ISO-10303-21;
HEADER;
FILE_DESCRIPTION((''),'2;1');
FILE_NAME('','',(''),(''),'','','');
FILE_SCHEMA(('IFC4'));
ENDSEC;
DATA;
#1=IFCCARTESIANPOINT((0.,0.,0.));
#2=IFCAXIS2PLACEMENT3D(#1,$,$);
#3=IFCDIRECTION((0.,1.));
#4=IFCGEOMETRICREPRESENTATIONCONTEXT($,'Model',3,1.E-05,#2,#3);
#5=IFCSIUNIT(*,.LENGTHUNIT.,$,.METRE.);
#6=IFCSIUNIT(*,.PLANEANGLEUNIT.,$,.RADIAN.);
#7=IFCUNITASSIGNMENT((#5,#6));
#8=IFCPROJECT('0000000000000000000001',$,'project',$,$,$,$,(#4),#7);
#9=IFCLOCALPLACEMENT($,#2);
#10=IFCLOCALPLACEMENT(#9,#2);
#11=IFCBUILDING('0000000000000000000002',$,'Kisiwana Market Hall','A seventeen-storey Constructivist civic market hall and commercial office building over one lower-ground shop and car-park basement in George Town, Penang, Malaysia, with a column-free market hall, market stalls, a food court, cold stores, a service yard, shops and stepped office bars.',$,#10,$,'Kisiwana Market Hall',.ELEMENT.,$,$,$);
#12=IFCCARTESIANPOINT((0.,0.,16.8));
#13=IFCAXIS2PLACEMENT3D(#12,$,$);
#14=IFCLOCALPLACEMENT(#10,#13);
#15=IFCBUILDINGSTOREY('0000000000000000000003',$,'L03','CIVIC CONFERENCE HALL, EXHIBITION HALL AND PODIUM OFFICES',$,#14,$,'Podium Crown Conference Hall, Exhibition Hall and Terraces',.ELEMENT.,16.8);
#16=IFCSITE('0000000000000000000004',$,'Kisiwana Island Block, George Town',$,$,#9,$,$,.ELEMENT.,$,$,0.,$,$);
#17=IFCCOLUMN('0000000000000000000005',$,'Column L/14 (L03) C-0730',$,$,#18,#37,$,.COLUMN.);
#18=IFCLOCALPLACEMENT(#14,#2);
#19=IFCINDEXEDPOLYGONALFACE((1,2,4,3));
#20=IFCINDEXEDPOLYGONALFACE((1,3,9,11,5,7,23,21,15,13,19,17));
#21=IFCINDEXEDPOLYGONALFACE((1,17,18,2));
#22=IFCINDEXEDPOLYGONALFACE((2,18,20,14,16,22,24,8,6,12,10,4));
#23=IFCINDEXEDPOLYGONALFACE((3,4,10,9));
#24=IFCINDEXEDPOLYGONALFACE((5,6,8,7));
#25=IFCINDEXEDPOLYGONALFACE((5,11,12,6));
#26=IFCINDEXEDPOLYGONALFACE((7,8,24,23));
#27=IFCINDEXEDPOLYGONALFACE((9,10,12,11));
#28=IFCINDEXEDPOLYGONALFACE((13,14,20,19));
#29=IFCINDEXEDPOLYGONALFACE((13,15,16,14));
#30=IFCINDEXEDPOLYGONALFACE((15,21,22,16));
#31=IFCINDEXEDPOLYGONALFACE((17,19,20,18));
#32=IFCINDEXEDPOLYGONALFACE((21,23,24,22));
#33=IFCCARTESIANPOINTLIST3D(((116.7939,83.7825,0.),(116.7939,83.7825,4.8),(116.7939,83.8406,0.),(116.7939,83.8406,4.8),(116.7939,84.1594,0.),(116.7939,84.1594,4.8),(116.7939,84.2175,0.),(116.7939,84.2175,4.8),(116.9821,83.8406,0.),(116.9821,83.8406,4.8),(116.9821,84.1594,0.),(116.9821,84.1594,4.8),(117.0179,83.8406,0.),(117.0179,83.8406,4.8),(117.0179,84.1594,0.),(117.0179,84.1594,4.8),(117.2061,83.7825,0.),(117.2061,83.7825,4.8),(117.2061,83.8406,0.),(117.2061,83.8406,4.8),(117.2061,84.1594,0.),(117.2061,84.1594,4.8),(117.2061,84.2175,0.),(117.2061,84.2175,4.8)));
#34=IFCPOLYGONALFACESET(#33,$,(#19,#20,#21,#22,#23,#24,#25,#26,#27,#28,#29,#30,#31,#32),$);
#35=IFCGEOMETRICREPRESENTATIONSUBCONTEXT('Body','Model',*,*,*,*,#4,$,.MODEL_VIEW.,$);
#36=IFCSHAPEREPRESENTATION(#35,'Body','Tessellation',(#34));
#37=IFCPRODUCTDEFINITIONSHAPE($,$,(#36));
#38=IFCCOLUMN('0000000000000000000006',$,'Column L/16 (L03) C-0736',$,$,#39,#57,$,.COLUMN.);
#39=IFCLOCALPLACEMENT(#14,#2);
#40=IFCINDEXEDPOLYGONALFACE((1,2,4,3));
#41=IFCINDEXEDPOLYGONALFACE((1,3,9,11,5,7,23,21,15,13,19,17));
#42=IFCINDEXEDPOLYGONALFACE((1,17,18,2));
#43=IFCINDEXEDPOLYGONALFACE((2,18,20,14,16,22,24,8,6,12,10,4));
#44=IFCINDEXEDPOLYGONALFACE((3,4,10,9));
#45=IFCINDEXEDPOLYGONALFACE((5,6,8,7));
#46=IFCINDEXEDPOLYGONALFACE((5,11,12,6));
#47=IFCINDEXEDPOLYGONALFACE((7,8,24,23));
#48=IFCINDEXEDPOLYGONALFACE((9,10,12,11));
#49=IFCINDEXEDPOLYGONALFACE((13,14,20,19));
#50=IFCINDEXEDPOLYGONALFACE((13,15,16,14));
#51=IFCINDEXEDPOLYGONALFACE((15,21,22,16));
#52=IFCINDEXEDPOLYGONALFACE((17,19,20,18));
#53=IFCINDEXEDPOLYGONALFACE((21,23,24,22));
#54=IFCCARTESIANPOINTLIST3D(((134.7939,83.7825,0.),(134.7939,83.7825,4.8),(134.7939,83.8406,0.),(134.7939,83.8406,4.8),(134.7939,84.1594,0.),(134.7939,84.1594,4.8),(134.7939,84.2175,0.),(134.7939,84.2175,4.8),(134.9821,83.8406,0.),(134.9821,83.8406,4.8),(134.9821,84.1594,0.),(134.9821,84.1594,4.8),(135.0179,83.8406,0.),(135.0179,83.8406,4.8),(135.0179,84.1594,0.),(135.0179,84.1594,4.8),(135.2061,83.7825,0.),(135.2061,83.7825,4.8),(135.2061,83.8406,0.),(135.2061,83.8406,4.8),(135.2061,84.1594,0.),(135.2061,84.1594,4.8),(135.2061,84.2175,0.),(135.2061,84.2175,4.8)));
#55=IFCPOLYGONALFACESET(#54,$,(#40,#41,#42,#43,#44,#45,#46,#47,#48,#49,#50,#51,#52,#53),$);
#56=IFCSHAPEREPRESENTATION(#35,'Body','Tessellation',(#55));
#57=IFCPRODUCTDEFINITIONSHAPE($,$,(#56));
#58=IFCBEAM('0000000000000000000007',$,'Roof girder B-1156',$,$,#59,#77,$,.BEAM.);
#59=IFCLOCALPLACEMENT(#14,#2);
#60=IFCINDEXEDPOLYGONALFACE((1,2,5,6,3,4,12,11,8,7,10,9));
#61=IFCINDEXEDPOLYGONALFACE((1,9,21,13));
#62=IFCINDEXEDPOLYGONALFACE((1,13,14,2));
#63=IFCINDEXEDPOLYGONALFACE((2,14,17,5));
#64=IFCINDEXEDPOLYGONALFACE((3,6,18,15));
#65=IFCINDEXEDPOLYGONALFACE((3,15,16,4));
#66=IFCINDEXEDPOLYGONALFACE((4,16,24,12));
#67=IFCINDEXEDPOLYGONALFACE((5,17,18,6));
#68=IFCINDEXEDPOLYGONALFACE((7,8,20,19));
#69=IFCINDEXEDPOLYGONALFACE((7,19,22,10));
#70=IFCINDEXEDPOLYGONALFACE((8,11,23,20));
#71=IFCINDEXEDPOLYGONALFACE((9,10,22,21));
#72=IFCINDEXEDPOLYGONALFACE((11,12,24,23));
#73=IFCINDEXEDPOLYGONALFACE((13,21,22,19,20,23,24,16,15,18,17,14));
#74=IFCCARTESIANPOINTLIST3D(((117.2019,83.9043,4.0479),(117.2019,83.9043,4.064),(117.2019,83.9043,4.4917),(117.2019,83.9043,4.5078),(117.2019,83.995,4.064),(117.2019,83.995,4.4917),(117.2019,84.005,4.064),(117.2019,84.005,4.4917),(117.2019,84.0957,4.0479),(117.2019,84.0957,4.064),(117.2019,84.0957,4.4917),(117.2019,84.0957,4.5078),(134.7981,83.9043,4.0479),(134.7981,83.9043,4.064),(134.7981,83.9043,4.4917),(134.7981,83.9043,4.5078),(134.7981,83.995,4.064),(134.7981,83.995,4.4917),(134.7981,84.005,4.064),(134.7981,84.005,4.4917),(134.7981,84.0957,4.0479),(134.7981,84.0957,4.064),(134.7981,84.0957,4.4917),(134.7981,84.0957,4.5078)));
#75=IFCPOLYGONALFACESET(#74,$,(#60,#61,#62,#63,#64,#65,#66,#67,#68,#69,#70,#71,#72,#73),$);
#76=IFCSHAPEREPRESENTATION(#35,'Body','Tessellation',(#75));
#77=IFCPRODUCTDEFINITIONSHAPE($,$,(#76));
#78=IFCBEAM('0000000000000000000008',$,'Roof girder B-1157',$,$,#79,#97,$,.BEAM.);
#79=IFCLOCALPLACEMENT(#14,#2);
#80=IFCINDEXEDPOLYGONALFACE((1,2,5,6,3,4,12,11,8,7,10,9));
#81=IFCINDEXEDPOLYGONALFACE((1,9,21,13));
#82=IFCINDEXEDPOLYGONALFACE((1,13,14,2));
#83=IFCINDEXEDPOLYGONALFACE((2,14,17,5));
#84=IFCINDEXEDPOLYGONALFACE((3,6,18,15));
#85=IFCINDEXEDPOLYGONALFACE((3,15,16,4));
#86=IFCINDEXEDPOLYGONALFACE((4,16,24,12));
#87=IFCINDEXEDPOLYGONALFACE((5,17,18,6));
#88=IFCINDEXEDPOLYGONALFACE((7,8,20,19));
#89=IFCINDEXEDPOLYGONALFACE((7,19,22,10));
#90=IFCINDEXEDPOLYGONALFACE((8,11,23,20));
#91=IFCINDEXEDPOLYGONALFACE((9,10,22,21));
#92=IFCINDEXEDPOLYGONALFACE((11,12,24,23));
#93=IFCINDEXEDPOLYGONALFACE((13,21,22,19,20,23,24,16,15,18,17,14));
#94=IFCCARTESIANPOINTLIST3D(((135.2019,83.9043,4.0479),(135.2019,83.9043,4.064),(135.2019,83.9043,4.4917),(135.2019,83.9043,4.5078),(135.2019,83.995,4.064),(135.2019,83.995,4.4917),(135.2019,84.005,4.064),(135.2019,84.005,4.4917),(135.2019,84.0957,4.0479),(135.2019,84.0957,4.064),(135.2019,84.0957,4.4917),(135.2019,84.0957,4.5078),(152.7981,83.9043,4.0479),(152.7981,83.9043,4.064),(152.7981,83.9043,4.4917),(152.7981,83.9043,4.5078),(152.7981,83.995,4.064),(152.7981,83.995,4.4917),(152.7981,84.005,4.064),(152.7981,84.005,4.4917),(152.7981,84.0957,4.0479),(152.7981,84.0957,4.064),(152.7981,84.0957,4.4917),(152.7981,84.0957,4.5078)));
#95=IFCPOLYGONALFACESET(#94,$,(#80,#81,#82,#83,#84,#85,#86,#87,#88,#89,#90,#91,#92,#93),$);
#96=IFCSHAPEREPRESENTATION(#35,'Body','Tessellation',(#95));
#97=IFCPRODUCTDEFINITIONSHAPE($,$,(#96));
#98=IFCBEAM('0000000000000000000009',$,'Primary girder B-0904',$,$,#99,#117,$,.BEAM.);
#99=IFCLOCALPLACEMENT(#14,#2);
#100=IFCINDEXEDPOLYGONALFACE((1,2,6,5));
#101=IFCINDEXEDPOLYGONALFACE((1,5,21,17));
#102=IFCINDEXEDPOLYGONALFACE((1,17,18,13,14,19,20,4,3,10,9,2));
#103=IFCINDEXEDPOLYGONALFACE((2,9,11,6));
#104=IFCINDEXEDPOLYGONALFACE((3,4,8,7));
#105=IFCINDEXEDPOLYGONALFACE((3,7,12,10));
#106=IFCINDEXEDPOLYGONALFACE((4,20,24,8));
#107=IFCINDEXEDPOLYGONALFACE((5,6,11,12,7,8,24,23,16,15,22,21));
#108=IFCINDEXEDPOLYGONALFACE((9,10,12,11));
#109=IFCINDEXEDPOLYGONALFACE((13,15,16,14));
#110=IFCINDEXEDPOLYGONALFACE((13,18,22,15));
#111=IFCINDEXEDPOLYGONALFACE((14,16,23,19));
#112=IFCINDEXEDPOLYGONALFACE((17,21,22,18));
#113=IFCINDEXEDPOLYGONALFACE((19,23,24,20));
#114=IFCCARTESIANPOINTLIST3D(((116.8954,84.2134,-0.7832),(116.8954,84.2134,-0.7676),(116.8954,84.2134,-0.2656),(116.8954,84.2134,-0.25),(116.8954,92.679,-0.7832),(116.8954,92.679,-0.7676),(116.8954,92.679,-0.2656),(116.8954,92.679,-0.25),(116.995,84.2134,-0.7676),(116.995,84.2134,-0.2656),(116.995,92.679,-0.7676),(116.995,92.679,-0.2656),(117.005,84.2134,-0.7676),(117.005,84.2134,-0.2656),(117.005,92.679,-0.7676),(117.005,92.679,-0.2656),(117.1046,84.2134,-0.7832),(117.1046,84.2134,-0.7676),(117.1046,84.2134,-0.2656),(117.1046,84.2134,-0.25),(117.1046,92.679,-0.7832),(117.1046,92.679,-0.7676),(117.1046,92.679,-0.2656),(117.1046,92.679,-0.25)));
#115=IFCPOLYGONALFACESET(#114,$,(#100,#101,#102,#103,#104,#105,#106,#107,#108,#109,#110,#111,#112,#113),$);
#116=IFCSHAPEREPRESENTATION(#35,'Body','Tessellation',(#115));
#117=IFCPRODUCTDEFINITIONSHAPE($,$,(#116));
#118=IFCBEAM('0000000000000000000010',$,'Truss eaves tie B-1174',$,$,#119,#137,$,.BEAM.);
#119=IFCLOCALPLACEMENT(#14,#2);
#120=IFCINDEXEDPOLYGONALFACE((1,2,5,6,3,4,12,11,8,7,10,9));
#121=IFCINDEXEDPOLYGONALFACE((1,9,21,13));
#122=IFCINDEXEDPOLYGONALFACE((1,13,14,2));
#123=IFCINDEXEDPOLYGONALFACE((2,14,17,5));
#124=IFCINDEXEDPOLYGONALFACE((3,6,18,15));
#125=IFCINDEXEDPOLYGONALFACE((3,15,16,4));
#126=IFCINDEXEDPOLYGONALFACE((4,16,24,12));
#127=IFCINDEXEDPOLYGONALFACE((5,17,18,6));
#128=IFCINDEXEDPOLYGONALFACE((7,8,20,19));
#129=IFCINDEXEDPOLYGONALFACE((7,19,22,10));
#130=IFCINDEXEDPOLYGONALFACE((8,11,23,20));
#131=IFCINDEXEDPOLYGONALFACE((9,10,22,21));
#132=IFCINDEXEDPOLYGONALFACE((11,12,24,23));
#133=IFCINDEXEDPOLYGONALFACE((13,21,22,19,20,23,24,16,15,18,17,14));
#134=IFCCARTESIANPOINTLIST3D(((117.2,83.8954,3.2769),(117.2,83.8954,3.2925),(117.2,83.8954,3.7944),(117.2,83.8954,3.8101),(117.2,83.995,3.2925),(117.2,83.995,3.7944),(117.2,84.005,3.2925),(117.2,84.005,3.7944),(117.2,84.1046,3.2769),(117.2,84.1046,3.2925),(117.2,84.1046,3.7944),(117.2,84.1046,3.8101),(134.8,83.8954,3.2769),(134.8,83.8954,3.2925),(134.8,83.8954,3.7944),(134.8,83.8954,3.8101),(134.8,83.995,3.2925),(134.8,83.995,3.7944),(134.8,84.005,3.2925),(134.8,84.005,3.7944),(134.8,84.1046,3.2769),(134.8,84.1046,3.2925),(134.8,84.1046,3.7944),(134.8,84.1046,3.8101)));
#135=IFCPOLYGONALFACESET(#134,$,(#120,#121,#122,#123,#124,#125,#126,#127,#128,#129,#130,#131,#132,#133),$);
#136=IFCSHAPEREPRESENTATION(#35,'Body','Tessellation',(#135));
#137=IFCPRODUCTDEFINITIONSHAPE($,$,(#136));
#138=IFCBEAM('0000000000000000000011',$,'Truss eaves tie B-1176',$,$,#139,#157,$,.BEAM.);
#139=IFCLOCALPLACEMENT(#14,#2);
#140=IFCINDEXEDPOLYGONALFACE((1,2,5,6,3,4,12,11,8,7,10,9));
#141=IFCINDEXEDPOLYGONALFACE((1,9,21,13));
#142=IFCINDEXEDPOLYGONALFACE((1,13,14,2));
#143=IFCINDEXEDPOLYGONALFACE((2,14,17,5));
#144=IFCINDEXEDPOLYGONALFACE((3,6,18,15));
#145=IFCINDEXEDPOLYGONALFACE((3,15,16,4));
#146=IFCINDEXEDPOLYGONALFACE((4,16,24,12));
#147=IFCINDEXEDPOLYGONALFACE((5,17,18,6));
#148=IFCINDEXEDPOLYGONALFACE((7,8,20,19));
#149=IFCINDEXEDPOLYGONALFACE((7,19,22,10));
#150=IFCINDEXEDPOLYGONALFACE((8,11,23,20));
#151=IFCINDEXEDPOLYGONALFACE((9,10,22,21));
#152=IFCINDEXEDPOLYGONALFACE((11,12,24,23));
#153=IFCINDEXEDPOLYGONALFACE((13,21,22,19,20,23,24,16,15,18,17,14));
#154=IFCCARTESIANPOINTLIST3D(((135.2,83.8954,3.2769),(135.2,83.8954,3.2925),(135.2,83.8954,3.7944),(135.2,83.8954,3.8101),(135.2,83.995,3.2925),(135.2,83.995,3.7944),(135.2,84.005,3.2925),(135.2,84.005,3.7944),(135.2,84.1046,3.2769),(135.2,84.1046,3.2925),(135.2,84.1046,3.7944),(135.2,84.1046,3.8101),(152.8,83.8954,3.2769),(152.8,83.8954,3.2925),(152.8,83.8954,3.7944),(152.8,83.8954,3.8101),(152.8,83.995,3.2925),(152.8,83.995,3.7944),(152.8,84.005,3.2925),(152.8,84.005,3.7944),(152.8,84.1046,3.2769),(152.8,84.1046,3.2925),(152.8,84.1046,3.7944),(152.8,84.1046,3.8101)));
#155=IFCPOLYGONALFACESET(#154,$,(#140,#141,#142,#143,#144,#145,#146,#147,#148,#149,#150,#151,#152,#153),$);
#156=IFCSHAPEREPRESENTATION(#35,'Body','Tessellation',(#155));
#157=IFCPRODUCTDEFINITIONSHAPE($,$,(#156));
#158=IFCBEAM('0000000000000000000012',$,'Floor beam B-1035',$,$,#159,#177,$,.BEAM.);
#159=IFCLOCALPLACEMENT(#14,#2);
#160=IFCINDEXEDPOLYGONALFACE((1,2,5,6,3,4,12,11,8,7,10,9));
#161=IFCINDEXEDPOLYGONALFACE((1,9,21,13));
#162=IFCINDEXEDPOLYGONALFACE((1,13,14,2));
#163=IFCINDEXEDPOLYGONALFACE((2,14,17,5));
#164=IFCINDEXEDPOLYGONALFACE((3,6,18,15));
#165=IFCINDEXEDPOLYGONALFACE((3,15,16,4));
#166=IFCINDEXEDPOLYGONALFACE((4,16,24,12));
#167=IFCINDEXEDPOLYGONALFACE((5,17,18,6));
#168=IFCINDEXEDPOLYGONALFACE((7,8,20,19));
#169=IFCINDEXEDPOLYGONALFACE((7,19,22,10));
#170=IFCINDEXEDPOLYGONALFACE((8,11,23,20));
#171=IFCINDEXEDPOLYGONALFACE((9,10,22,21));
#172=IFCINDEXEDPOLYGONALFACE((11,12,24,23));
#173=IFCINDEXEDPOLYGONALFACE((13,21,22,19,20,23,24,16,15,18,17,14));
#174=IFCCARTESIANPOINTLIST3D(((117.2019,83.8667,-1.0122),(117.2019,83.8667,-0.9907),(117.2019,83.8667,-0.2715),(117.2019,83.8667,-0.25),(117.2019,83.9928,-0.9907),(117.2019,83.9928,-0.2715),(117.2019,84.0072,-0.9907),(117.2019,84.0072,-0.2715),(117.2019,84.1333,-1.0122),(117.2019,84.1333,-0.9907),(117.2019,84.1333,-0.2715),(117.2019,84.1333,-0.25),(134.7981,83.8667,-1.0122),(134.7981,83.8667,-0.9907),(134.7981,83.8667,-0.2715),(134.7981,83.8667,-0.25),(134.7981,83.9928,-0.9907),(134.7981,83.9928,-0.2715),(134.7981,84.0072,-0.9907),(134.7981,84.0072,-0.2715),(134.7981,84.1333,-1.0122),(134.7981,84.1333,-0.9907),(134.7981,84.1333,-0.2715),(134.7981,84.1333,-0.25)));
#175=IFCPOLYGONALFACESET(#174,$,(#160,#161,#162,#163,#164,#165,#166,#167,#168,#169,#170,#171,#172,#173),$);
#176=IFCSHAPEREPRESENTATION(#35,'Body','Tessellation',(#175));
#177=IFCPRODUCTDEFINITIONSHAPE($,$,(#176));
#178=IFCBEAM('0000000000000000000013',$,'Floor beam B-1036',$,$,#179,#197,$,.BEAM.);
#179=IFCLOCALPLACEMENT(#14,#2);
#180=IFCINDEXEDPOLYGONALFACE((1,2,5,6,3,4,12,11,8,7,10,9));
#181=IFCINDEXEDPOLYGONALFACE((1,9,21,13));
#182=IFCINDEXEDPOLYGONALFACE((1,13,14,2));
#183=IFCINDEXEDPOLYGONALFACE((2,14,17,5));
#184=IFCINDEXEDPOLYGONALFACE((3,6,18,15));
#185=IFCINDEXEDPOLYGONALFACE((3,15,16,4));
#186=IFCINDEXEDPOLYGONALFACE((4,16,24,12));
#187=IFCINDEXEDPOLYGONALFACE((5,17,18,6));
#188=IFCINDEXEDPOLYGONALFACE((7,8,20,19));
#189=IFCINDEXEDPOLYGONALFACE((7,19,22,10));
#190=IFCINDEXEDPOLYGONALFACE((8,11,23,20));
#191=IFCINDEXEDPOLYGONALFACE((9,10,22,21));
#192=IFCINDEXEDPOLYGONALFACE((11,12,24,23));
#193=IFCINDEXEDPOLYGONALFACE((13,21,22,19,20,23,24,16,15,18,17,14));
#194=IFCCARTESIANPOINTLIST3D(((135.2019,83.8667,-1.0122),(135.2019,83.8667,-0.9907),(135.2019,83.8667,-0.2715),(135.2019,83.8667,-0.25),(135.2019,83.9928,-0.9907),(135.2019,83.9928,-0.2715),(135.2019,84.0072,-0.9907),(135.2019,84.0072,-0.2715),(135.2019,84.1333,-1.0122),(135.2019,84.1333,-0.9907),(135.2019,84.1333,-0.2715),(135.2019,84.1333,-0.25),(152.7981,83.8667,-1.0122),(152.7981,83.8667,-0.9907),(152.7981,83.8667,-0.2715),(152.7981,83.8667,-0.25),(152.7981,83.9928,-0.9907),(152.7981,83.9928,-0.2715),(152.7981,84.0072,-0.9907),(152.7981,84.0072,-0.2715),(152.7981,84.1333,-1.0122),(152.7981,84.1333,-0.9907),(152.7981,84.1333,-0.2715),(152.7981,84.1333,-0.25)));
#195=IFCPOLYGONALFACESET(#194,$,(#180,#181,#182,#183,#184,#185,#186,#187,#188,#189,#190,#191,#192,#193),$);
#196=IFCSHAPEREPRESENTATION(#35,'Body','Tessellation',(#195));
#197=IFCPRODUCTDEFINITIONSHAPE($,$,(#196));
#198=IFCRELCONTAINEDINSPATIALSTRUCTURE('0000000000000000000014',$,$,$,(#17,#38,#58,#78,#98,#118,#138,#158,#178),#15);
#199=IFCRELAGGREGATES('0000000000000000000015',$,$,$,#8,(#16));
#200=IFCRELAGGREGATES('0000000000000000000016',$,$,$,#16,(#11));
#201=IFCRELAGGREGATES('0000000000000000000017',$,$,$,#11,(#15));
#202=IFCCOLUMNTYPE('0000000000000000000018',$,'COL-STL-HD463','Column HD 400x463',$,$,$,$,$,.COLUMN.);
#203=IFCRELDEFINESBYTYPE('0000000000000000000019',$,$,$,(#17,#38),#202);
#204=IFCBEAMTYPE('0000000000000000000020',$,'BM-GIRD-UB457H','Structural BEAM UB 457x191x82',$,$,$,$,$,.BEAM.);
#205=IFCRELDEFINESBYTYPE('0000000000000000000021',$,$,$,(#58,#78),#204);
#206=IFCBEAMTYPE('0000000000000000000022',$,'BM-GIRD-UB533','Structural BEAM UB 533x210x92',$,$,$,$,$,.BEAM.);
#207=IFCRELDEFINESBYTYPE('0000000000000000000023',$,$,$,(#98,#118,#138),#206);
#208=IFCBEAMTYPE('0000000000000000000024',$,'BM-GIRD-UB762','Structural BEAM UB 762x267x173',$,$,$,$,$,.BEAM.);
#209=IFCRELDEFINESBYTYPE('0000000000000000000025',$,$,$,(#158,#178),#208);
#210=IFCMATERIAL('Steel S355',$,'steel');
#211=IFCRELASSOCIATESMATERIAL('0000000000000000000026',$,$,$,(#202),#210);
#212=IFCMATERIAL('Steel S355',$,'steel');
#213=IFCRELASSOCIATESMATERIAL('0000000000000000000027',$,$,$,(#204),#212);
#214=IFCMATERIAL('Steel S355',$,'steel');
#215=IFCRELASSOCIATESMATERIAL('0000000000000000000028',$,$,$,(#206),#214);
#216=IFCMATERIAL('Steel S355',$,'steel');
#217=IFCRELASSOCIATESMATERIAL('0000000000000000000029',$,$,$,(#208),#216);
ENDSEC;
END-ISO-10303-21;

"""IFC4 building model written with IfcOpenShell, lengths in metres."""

from ifc_helpers import new_model, si_unit, direction, frame, origin, origin_2d, place, context, subcontext, project, spatial, i_section, extrude, material, material_profile, profile_set, type_object, element, save


model = new_model("IFC4")

# Units and contexts
model_context = context("Model", 3, precision=1e-05, world=origin(), true_north=direction((0.0, 1.0)))
body_context = subcontext(model_context, "Body", "Model", "MODEL_VIEW")
ifc_project = project(units=[si_unit("LENGTHUNIT", "METRE"), si_unit("PLANEANGLEUNIT", "RADIAN")], contexts=[model_context])

# Site, building, storey
site_placement = place(None, origin())
site = spatial("IfcSite", under=ifc_project, at=site_placement, Name="Kisiwana Island Block, George Town", CompositionType="ELEMENT", RefElevation=0.0)
building_placement = place(site_placement, origin())
building = spatial("IfcBuilding", under=site, at=building_placement, Name="Kisiwana Market Hall", Description="A seventeen-storey Constructivist civic market hall and commercial office building over one lower-ground shop and car-park basement in George Town, Penang, Malaysia, with a column-free market hall, market stalls, a food court, cold stores, a service yard, shops and stepped office bars.", LongName="Kisiwana Market Hall", CompositionType="ELEMENT")
storey_placement = place(building_placement, frame((0.0, 0.0, 16.8)))
storey = spatial("IfcBuildingStorey", under=building, at=storey_placement, Name="L03", Description="CIVIC CONFERENCE HALL, EXHIBITION HALL AND PODIUM OFFICES", LongName="Podium Crown Conference Hall, Exhibition Hall and Terraces", CompositionType="ELEMENT", Elevation=16.8)

# Columns
ifc_material_1 = material(Name="Steel S355", Category="steel")
ifc_material_profile_1 = material_profile(ifc_material_1, i_section(OverallWidth=0.4121, OverallDepth=0.4351, WebThickness=0.0359, FlangeThickness=0.0581, at=origin_2d()), Name="HD 400x463")
ifc_profile_set_1 = profile_set([ifc_material_profile_1], Name="Steel S355")
column_type = type_object("IfcColumnType", Name="COL-STL-HD463", Description="Column HD 400x463", PredefinedType="COLUMN", material=ifc_profile_set_1)
for number, where, z_axis, x_axis, name in (
    (1, (117.0, 84.0, 0.0), (0.0, 0.0, 1.0), (1.0, 0.0, 0.0), "Column L/14 (L03) C-0730"),
    (2, (135.0, 84.0, 0.0), (0.0, 0.0, 1.0), (1.0, 0.0, 0.0), "Column L/16 (L03) C-0736"),
):
    element("IfcColumn", number, at=place(storey_placement, frame(where, z_axis=z_axis, x_axis=x_axis)), inside=storey, type_object=column_type, Name=name, PredefinedType="COLUMN", context=body_context, shape_type="SweptSolid", body=[
        extrude(i_section(OverallWidth=0.4121, OverallDepth=0.4351, WebThickness=0.0359, FlangeThickness=0.0581, at=origin_2d()), origin(), (0.0, 0.0, 1.0), 4.8),
    ])

# Beams
ifc_material_2 = material(Name="Steel S355", Category="steel")
ifc_material_profile_2 = material_profile(ifc_material_2, i_section(OverallWidth=0.1914, OverallDepth=0.46, WebThickness=0.01, FlangeThickness=0.0161, at=origin_2d()), Name="UB 457x191x82")
ifc_profile_set_2 = profile_set([ifc_material_profile_2], Name="Steel S355")
beam_type_1 = type_object("IfcBeamType", Name="BM-GIRD-UB457H", Description="Structural BEAM UB 457x191x82", PredefinedType="BEAM", material=ifc_profile_set_2)
for number, where, z_axis, x_axis, name in (
    (3, (117.2019, 84.0, 4.2778), (1.0, 0.0, 0.0), (0.0, 1.0, 0.0), "Roof girder B-1156"),
    (4, (135.2019, 84.0, 4.2778), (1.0, 0.0, 0.0), (0.0, 1.0, 0.0), "Roof girder B-1157"),
):
    element("IfcBeam", number, at=place(storey_placement, frame(where, z_axis=z_axis, x_axis=x_axis)), inside=storey, type_object=beam_type_1, Name=name, PredefinedType="BEAM", context=body_context, shape_type="SweptSolid", body=[
        extrude(i_section(OverallWidth=0.1914, OverallDepth=0.46, WebThickness=0.01, FlangeThickness=0.0161, at=origin_2d()), origin(), (0.0, 0.0, 1.0), 17.5962),
    ])
ifc_material_3 = material(Name="Steel S355", Category="steel")
ifc_material_profile_3 = material_profile(ifc_material_3, i_section(OverallWidth=0.2092, OverallDepth=0.5332, WebThickness=0.01, FlangeThickness=0.0156, at=origin_2d()), Name="UB 533x210x92")
ifc_profile_set_3 = profile_set([ifc_material_profile_3], Name="Steel S355")
beam_type_2 = type_object("IfcBeamType", Name="BM-GIRD-UB533", Description="Structural BEAM UB 533x210x92", PredefinedType="BEAM", material=ifc_profile_set_3)
beam_1_placement = place(storey_placement, frame((117.0, 84.2134, -0.5166), z_axis=(0.0, 1.0, 0.0), x_axis=(-1.0, 0.0, 0.0)))
element("IfcBeam", 5, at=beam_1_placement, inside=storey, type_object=beam_type_2, Name="Primary girder B-0904", PredefinedType="BEAM", context=body_context, shape_type="SweptSolid", body=[
    extrude(i_section(OverallWidth=0.2092, OverallDepth=0.5332, WebThickness=0.01, FlangeThickness=0.0156, at=origin_2d()), origin(), (0.0, 0.0, 1.0), 8.4656),
])
for number, where, z_axis, x_axis, name in (
    (6, (117.2, 84.0, 3.5435), (1.0, 0.0, 0.0), (0.0, 1.0, 0.0), "Truss eaves tie B-1174"),
    (7, (135.2, 84.0, 3.5435), (1.0, 0.0, 0.0), (0.0, 1.0, 0.0), "Truss eaves tie B-1176"),
):
    element("IfcBeam", number, at=place(storey_placement, frame(where, z_axis=z_axis, x_axis=x_axis)), inside=storey, type_object=beam_type_2, Name=name, PredefinedType="BEAM", context=body_context, shape_type="SweptSolid", body=[
        extrude(i_section(OverallWidth=0.2092, OverallDepth=0.5332, WebThickness=0.01, FlangeThickness=0.0156, at=origin_2d()), origin(), (0.0, 0.0, 1.0), 17.6001),
    ])
ifc_material_4 = material(Name="Steel S355", Category="steel")
ifc_material_profile_4 = material_profile(ifc_material_4, i_section(OverallWidth=0.2666, OverallDepth=0.7622, WebThickness=0.0144, FlangeThickness=0.0215, at=origin_2d()), Name="UB 762x267x173")
ifc_profile_set_4 = profile_set([ifc_material_profile_4], Name="Steel S355")
beam_type_3 = type_object("IfcBeamType", Name="BM-GIRD-UB762", Description="Structural BEAM UB 762x267x173", PredefinedType="BEAM", material=ifc_profile_set_4)
for number, where, z_axis, x_axis, name in (
    (8, (117.2019, 84.0, -0.6311), (1.0, 0.0, 0.0), (0.0, 1.0, 0.0), "Floor beam B-1035"),
    (9, (135.2019, 84.0, -0.6311), (1.0, 0.0, 0.0), (0.0, 1.0, 0.0), "Floor beam B-1036"),
):
    element("IfcBeam", number, at=place(storey_placement, frame(where, z_axis=z_axis, x_axis=x_axis)), inside=storey, type_object=beam_type_3, Name=name, PredefinedType="BEAM", context=body_context, shape_type="SweptSolid", body=[
        extrude(i_section(OverallWidth=0.2666, OverallDepth=0.7622, WebThickness=0.0144, FlangeThickness=0.0215, at=origin_2d()), origin(), (0.0, 0.0, 1.0), 17.5962),
    ])

save(model, "model.ifc")
